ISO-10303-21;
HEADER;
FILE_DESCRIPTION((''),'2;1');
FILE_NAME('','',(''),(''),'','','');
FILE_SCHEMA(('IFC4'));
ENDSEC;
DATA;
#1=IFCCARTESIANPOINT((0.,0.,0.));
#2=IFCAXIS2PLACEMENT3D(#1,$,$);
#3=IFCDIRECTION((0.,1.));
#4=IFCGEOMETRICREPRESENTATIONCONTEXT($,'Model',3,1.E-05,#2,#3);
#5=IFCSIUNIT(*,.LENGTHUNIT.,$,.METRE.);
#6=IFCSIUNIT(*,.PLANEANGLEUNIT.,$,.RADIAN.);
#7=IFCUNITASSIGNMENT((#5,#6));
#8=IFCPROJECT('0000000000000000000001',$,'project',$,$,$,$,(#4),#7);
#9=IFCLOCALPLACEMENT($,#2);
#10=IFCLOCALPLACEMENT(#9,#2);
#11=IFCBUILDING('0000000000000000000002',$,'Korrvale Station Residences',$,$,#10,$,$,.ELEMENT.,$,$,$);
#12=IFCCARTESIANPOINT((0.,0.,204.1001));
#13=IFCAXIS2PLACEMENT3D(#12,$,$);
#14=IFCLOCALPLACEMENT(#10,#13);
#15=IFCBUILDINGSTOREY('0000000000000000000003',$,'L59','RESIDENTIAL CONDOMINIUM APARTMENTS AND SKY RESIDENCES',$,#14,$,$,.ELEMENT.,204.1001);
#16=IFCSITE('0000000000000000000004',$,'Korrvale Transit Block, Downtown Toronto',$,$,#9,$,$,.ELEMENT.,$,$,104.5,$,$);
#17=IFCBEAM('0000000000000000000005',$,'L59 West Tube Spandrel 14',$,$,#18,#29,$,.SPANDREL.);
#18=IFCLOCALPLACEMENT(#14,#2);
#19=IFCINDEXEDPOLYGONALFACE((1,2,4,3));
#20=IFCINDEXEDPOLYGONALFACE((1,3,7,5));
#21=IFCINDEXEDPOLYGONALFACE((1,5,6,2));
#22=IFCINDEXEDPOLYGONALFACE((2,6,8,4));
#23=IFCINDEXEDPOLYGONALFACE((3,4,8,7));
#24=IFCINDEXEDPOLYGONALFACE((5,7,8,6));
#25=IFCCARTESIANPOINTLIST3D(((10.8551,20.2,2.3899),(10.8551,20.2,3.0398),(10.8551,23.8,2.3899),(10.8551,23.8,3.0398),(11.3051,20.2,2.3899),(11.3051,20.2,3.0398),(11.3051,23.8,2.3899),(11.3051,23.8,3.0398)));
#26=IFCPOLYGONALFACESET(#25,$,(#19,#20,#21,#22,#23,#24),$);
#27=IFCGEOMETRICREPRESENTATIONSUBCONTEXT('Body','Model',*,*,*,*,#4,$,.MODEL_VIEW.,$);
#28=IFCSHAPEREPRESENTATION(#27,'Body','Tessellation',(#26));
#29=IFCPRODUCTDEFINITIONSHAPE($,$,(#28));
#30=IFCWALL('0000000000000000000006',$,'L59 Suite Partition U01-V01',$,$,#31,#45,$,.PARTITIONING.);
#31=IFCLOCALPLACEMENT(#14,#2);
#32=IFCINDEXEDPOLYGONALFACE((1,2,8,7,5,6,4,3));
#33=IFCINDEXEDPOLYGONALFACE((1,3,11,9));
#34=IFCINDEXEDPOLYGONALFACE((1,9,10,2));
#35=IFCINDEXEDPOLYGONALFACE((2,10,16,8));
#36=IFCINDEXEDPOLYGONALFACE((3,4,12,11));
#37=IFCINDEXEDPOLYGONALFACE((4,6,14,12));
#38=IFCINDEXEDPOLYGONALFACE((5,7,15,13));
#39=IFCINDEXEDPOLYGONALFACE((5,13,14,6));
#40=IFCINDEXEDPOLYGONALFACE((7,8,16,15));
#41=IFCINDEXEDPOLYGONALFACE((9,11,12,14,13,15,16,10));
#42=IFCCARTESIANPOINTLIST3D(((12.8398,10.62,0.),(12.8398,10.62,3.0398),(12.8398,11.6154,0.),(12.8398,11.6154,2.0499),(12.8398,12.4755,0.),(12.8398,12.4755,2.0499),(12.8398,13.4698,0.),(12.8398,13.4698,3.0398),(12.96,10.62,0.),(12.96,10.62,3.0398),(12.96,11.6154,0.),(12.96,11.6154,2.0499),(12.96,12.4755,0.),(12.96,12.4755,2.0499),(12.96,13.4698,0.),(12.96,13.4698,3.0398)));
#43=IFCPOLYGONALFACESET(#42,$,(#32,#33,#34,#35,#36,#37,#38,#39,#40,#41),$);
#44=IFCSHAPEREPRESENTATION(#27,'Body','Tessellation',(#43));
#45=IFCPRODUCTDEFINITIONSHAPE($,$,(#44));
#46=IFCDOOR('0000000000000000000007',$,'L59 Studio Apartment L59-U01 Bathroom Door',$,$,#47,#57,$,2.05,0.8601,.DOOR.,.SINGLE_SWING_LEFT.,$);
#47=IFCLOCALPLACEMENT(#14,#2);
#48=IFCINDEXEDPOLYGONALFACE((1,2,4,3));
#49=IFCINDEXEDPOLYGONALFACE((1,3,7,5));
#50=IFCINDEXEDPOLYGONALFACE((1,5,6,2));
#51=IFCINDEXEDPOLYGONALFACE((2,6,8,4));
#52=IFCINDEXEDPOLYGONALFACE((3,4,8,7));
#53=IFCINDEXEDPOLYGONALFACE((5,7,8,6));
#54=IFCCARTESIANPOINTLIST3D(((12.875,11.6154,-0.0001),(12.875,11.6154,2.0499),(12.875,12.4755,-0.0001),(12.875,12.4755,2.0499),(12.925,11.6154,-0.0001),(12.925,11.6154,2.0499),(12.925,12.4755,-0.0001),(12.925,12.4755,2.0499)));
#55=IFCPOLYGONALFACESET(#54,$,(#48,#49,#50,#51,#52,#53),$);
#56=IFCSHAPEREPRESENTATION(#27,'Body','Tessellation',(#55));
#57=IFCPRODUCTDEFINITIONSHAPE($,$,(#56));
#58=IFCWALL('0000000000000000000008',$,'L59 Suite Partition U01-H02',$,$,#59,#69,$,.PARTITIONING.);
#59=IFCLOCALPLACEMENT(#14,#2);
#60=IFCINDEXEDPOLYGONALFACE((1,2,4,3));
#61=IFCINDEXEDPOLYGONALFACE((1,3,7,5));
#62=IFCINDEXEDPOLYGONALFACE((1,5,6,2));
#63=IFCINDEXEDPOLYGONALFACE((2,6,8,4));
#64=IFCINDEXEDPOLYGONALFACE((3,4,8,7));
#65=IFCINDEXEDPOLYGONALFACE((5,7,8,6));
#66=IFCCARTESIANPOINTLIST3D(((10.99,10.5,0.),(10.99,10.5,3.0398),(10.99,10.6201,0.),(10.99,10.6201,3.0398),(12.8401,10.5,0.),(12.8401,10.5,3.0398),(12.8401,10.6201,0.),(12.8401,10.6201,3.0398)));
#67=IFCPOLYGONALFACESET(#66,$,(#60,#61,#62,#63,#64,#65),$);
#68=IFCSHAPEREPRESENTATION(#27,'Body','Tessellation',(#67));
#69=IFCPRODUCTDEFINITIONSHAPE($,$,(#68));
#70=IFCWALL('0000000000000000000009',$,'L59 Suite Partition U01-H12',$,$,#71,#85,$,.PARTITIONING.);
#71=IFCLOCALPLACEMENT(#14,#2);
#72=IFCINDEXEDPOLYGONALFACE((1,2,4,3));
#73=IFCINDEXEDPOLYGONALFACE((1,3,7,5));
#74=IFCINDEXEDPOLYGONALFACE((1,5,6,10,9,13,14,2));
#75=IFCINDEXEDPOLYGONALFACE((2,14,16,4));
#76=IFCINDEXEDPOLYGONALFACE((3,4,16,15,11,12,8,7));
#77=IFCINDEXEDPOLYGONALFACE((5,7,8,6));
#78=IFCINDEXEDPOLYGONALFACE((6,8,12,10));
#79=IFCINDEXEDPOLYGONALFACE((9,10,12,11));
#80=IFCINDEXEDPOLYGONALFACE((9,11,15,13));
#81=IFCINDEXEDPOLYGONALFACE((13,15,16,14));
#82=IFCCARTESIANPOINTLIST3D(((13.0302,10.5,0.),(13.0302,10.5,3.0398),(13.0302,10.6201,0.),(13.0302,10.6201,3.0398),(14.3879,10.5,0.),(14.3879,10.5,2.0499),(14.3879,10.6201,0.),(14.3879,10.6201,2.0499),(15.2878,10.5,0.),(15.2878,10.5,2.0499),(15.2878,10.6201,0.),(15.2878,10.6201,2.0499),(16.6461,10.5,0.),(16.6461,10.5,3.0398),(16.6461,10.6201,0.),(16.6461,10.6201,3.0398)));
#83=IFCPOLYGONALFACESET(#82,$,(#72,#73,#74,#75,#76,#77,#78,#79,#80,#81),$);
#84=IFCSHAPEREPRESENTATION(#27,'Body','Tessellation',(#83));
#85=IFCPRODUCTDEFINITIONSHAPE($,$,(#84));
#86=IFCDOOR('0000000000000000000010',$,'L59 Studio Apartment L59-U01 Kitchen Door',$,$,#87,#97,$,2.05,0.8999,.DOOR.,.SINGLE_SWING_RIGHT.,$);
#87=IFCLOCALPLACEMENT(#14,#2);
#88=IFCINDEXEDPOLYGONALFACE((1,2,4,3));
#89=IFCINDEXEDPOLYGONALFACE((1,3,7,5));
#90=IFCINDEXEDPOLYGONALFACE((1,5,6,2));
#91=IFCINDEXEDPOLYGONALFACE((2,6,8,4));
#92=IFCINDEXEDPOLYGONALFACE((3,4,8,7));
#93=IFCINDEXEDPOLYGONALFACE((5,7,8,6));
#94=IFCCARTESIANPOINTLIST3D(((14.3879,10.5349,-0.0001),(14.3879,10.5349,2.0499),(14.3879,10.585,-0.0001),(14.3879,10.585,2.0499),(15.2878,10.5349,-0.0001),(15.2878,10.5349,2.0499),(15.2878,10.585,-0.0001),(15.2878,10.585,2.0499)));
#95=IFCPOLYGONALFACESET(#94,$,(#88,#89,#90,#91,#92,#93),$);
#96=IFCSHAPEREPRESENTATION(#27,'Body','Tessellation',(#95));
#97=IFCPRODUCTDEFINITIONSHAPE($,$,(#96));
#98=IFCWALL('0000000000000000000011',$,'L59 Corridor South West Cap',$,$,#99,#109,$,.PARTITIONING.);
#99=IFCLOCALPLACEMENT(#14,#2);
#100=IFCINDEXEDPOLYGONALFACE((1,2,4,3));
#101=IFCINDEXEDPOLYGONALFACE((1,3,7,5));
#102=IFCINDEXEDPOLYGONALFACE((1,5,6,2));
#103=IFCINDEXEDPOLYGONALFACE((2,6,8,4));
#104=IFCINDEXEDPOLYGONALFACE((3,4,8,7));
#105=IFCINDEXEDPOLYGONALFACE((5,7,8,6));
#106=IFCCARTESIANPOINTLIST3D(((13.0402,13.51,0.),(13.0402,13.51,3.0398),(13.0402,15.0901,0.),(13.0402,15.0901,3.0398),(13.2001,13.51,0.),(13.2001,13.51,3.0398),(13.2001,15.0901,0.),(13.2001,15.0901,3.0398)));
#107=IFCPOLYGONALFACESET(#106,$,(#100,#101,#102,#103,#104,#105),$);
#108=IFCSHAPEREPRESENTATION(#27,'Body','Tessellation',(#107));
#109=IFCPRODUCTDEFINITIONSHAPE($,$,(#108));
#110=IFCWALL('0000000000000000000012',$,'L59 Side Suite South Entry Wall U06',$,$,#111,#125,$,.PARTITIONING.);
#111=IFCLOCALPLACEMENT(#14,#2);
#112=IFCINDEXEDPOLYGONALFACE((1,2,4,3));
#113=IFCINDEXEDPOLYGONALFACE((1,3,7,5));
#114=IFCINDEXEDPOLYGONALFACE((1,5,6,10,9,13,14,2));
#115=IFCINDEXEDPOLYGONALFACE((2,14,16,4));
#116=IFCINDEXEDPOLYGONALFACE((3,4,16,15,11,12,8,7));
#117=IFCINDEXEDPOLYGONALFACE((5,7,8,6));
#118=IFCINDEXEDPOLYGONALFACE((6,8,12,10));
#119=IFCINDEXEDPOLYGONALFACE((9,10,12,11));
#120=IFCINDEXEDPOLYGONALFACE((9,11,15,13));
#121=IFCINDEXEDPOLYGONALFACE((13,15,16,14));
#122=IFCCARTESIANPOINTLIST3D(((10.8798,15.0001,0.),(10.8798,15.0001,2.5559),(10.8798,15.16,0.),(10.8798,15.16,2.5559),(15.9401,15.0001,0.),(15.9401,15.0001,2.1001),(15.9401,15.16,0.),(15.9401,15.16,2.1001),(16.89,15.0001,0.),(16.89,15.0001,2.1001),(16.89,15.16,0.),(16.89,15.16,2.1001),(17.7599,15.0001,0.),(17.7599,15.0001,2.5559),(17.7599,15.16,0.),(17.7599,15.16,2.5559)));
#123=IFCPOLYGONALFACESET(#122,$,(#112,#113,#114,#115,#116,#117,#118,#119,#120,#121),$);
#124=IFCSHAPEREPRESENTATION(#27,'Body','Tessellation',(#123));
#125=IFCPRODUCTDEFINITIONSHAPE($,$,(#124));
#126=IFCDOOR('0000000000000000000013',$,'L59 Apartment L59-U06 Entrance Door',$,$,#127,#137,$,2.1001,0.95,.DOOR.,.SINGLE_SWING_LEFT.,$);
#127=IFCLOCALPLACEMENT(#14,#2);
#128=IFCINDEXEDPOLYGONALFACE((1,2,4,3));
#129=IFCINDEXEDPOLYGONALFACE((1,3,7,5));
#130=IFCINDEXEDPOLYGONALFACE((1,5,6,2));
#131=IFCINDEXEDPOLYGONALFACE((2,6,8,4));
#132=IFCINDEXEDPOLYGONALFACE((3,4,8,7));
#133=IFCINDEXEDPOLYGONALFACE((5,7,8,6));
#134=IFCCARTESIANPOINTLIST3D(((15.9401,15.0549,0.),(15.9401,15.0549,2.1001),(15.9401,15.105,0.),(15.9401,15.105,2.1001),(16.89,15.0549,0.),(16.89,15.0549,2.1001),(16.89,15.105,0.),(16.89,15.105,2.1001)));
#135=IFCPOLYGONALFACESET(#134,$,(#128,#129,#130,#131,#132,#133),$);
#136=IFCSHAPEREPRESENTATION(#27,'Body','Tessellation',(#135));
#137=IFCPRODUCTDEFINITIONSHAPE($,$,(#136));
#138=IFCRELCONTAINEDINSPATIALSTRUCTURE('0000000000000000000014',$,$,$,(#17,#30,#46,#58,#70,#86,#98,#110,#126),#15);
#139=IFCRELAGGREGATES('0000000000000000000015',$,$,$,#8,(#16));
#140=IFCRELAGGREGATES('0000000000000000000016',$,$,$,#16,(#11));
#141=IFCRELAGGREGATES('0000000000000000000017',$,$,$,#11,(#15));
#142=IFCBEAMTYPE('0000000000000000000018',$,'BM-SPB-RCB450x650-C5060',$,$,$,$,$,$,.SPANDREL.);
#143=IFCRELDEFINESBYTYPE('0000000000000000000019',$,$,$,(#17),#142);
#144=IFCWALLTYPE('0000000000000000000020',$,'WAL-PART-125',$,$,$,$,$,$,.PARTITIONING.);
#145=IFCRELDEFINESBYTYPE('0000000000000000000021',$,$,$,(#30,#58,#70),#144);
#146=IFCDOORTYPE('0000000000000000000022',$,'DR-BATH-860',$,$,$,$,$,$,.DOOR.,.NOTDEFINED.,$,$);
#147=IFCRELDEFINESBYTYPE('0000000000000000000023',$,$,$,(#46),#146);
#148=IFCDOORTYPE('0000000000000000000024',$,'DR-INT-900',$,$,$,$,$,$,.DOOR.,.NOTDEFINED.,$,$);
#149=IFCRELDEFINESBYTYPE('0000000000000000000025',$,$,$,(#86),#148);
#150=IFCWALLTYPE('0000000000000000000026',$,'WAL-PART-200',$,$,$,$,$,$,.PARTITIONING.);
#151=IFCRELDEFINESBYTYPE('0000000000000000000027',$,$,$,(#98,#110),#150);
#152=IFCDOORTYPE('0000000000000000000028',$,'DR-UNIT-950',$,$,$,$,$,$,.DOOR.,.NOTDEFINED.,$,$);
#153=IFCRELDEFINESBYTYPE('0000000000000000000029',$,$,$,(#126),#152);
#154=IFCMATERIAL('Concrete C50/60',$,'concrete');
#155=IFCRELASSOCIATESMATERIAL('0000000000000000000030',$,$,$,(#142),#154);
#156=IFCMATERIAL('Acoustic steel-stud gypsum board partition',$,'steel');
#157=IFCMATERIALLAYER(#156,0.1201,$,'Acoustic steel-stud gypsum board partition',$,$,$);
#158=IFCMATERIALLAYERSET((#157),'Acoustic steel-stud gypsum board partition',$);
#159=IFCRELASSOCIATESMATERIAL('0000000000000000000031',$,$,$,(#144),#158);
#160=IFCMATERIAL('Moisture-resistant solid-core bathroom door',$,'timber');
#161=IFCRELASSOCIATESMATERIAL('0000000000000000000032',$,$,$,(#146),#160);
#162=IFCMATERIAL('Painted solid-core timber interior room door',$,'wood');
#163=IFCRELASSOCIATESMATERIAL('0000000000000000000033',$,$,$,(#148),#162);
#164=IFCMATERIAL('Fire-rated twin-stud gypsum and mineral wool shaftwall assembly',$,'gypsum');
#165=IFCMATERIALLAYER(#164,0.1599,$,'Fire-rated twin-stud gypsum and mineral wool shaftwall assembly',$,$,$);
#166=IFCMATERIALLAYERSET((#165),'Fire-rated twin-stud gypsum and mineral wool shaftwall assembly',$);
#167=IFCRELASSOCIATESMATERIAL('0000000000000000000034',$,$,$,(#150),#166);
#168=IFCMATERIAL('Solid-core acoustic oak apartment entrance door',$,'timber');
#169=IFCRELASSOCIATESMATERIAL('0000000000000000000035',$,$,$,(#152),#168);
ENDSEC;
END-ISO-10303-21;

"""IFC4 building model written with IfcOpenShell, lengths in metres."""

from ifc_helpers import new_model, si_unit, direction, frame, frame_2d, origin, origin_2d, place, context, subcontext, project, spatial, rectangle, extrude, material, layer, layer_set, material_profile, profile_set, type_object, element, fill, save


model = new_model("IFC4")

# Units and contexts
model_context = context("Model", 3, precision=1e-05, world=origin(), true_north=direction((0.0, 1.0)))
body_context = subcontext(model_context, "Body", "Model", "MODEL_VIEW")
ifc_project = project(units=[si_unit("LENGTHUNIT", "METRE"), si_unit("PLANEANGLEUNIT", "RADIAN")], contexts=[model_context])

# Site, building, storey
site_placement = place(None, origin())
site = spatial("IfcSite", under=ifc_project, at=site_placement, Name="Korrvale Transit Block, Downtown Toronto", CompositionType="ELEMENT", RefElevation=104.5)
building_placement = place(site_placement, origin())
building = spatial("IfcBuilding", under=site, at=building_placement, Name="Korrvale Station Residences", CompositionType="ELEMENT")
storey_placement = place(building_placement, frame((0.0, 0.0, 204.1001)))
storey = spatial("IfcBuildingStorey", under=building, at=storey_placement, Name="L59", Description="RESIDENTIAL CONDOMINIUM APARTMENTS AND SKY RESIDENCES", CompositionType="ELEMENT", Elevation=204.1001)

# Shared definitions
ifc_material_1 = material(Name="Concrete C50/60", Category="concrete")

# Beam
ifc_material_profile_1 = material_profile(ifc_material_1, rectangle(XDim=0.45, YDim=0.6499, at=origin_2d()), Name="RCB450x650")
ifc_profile_set_1 = profile_set([ifc_material_profile_1], Name="Concrete C50/60")
beam_type_1 = type_object("IfcBeamType", Name="BM-SPB-RCB450x650-C5060", PredefinedType="SPANDREL", material=ifc_profile_set_1)
beam_1_placement = place(storey_placement, frame((11.0801, 20.2, 2.7148), z_axis=(0.0, 1.0, 0.0), x_axis=(-1.0, 0.0, 0.0)))
element("IfcBeam", 1, at=beam_1_placement, inside=storey, type_object=beam_type_1, Name="L59 West Tube Spandrel 14", PredefinedType="SPANDREL", context=body_context, shape_type="SweptSolid", body=[
    extrude(rectangle(XDim=0.45, YDim=0.6499, at=origin_2d()), origin(), (0.0, 0.0, 1.0), 3.6001),
])

# Wall, opening, door
ifc_material_2 = material(Name="Acoustic steel-stud gypsum board partition", Category="steel")
ifc_layer_1 = layer(ifc_material_2, 0.1201, Name="Acoustic steel-stud gypsum board partition")
ifc_layer_set_1 = layer_set([ifc_layer_1], Name="Acoustic steel-stud gypsum board partition")
wall_type_1 = type_object("IfcWallType", Name="WAL-PART-125", PredefinedType="PARTITIONING", material=ifc_layer_set_1)
wall_1_placement = place(storey_placement, frame((12.8999, 10.6201, 0.0), z_axis=(0.0, 0.0, 1.0), x_axis=(0.0, 1.0, 0.0)))
wall_1 = element("IfcWall", 2, at=wall_1_placement, inside=storey, type_object=wall_type_1, Name="L59 Suite Partition U01-V01", PredefinedType="PARTITIONING", context=body_context, shape_type="SweptSolid", body=[
    extrude(rectangle(XDim=2.8499, YDim=0.1201, at=frame_2d((1.4248, 0.0))), origin(), (0.0, 0.0, 1.0), 3.0398),
])
opening_1_placement = place(wall_1_placement, frame((0.9951, 0.0, 0.0)))
opening_1 = element("IfcOpeningElement", 3, at=opening_1_placement, cuts=wall_1, PredefinedType="OPENING", context=body_context, shape_type="SweptSolid", body=[
    extrude(rectangle(XDim=0.8601, YDim=2.05, at=frame_2d((0.4302, 1.0249))), frame((0.0, 0.0701, 0.0), z_axis=(0.0, -1.0, 0.0), x_axis=(1.0, 0.0, 0.0)), (0.0, 0.0, 1.0), 0.1401),
])
ifc_material_3 = material(Name="Moisture-resistant solid-core bathroom door", Category="timber")
door_type_1 = type_object("IfcDoorType", Name="DR-BATH-860", OperationType="NOTDEFINED", PredefinedType="DOOR", material=ifc_material_3)
door_1_placement = place(opening_1_placement, origin())
door_1 = element("IfcDoor", 4, at=door_1_placement, inside=storey, type_object=door_type_1, Name="L59 Studio Apartment L59-U01 Bathroom Door", OperationType="SINGLE_SWING_LEFT", OverallHeight=2.05, OverallWidth=0.8601, PredefinedType="DOOR", context=body_context, shape_type="SweptSolid", body=[
    extrude(rectangle(XDim=0.8601, YDim=2.05, at=frame_2d((0.4302, 1.0249))), frame((0.0, 0.0249, 0.0), z_axis=(0.0, -1.0, 0.0), x_axis=(1.0, 0.0, 0.0)), (0.0, 0.0, 1.0), 0.05),
])
fill(opening_1, door_1)

# Wall
wall_2_placement = place(storey_placement, frame((10.99, 10.5601, 0.0), z_axis=(0.0, 0.0, 1.0), x_axis=(1.0, 0.0, 0.0)))
element("IfcWall", 5, at=wall_2_placement, inside=storey, type_object=wall_type_1, Name="L59 Suite Partition U01-H02", PredefinedType="PARTITIONING", context=body_context, shape_type="SweptSolid", body=[
    extrude(rectangle(XDim=1.8501, YDim=0.1201, at=frame_2d((0.925, 0.0))), origin(), (0.0, 0.0, 1.0), 3.0398),
])

# Wall, opening, door
wall_3_placement = place(storey_placement, frame((13.03, 10.5601, 0.0), z_axis=(0.0, 0.0, 1.0), x_axis=(1.0, 0.0, 0.0)))
wall_3 = element("IfcWall", 6, at=wall_3_placement, inside=storey, type_object=wall_type_1, Name="L59 Suite Partition U01-H12", PredefinedType="PARTITIONING", context=body_context, shape_type="SweptSolid", body=[
    extrude(rectangle(XDim=3.616, YDim=0.1201, at=frame_2d((1.8081, 0.0))), origin(), (0.0, 0.0, 1.0), 3.0398),
])
opening_2_placement = place(wall_3_placement, frame((1.3579, 0.0, 0.0)))
opening_2 = element("IfcOpeningElement", 7, at=opening_2_placement, cuts=wall_3, PredefinedType="OPENING", context=body_context, shape_type="SweptSolid", body=[
    extrude(rectangle(XDim=0.8999, YDim=2.05, at=frame_2d((0.45, 1.0249))), frame((0.0, 0.0701, 0.0), z_axis=(0.0, -1.0, 0.0), x_axis=(1.0, 0.0, 0.0)), (0.0, 0.0, 1.0), 0.1401),
])
ifc_material_4 = material(Name="Painted solid-core timber interior room door", Category="wood")
door_type_2 = type_object("IfcDoorType", Name="DR-INT-900", OperationType="NOTDEFINED", PredefinedType="DOOR", material=ifc_material_4)
door_2_placement = place(opening_2_placement, origin())
door_2 = element("IfcDoor", 8, at=door_2_placement, inside=storey, type_object=door_type_2, Name="L59 Studio Apartment L59-U01 Kitchen Door", OperationType="SINGLE_SWING_RIGHT", OverallHeight=2.05, OverallWidth=0.8999, PredefinedType="DOOR", context=body_context, shape_type="SweptSolid", body=[
    extrude(rectangle(XDim=0.8999, YDim=2.05, at=frame_2d((0.45, 1.0249))), frame((0.0, 0.0249, 0.0), z_axis=(0.0, -1.0, 0.0), x_axis=(1.0, 0.0, 0.0)), (0.0, 0.0, 1.0), 0.05),
])
fill(opening_2, door_2)

# Wall
ifc_material_5 = material(Name="Fire-rated twin-stud gypsum and mineral wool shaftwall assembly", Category="gypsum")
ifc_layer_2 = layer(ifc_material_5, 0.1599, Name="Fire-rated twin-stud gypsum and mineral wool shaftwall assembly")
ifc_layer_set_2 = layer_set([ifc_layer_2], Name="Fire-rated twin-stud gypsum and mineral wool shaftwall assembly")
wall_type_2 = type_object("IfcWallType", Name="WAL-PART-200", PredefinedType="PARTITIONING", material=ifc_layer_set_2)
wall_4_placement = place(storey_placement, frame((13.1201, 13.51, 0.0), z_axis=(0.0, 0.0, 1.0), x_axis=(0.0, 1.0, 0.0)))
element("IfcWall", 9, at=wall_4_placement, inside=storey, type_object=wall_type_2, Name="L59 Corridor South West Cap", PredefinedType="PARTITIONING", context=body_context, shape_type="SweptSolid", body=[
    extrude(rectangle(XDim=1.5801, YDim=0.1599, at=frame_2d((0.79, 0.0))), origin(), (0.0, 0.0, 1.0), 3.0398),
])

# Wall, opening, door
wall_5_placement = place(storey_placement, frame((10.8799, 15.0801, 0.0), z_axis=(0.0, 0.0, 1.0), x_axis=(1.0, 0.0, 0.0)))
wall_5 = element("IfcWall", 10, at=wall_5_placement, inside=storey, type_object=wall_type_2, Name="L59 Side Suite South Entry Wall U06", PredefinedType="PARTITIONING", context=body_context, shape_type="SweptSolid", body=[
    extrude(rectangle(XDim=6.8801, YDim=0.1599, at=frame_2d((3.4399, 0.0))), origin(), (0.0, 0.0, 1.0), 2.5559),
])
opening_3_placement = place(wall_5_placement, frame((5.0601, 0.0, 0.0)))
opening_3 = element("IfcOpeningElement", 11, at=opening_3_placement, cuts=wall_5, PredefinedType="OPENING", context=body_context, shape_type="SweptSolid", body=[
    extrude(rectangle(XDim=0.95, YDim=2.1001, at=frame_2d((0.4751, 1.05))), frame((0.0, 0.0898, 0.0), z_axis=(0.0, -1.0, 0.0), x_axis=(1.0, 0.0, 0.0)), (0.0, 0.0, 1.0), 0.1799),
])
ifc_material_6 = material(Name="Solid-core acoustic oak apartment entrance door", Category="timber")
door_type_3 = type_object("IfcDoorType", Name="DR-UNIT-950", OperationType="NOTDEFINED", PredefinedType="DOOR", material=ifc_material_6)
door_3_placement = place(opening_3_placement, origin())
door_3 = element("IfcDoor", 12, at=door_3_placement, inside=storey, type_object=door_type_3, Name="L59 Apartment L59-U06 Entrance Door", OperationType="SINGLE_SWING_LEFT", OverallHeight=2.1001, OverallWidth=0.95, PredefinedType="DOOR", context=body_context, shape_type="SweptSolid", body=[
    extrude(rectangle(XDim=0.95, YDim=2.1001, at=frame_2d((0.4751, 1.05))), frame((0.0, 0.0249, 0.0), z_axis=(0.0, -1.0, 0.0), x_axis=(1.0, 0.0, 0.0)), (0.0, 0.0, 1.0), 0.05),
])
fill(opening_3, door_3)

save(model, "model.ifc")
